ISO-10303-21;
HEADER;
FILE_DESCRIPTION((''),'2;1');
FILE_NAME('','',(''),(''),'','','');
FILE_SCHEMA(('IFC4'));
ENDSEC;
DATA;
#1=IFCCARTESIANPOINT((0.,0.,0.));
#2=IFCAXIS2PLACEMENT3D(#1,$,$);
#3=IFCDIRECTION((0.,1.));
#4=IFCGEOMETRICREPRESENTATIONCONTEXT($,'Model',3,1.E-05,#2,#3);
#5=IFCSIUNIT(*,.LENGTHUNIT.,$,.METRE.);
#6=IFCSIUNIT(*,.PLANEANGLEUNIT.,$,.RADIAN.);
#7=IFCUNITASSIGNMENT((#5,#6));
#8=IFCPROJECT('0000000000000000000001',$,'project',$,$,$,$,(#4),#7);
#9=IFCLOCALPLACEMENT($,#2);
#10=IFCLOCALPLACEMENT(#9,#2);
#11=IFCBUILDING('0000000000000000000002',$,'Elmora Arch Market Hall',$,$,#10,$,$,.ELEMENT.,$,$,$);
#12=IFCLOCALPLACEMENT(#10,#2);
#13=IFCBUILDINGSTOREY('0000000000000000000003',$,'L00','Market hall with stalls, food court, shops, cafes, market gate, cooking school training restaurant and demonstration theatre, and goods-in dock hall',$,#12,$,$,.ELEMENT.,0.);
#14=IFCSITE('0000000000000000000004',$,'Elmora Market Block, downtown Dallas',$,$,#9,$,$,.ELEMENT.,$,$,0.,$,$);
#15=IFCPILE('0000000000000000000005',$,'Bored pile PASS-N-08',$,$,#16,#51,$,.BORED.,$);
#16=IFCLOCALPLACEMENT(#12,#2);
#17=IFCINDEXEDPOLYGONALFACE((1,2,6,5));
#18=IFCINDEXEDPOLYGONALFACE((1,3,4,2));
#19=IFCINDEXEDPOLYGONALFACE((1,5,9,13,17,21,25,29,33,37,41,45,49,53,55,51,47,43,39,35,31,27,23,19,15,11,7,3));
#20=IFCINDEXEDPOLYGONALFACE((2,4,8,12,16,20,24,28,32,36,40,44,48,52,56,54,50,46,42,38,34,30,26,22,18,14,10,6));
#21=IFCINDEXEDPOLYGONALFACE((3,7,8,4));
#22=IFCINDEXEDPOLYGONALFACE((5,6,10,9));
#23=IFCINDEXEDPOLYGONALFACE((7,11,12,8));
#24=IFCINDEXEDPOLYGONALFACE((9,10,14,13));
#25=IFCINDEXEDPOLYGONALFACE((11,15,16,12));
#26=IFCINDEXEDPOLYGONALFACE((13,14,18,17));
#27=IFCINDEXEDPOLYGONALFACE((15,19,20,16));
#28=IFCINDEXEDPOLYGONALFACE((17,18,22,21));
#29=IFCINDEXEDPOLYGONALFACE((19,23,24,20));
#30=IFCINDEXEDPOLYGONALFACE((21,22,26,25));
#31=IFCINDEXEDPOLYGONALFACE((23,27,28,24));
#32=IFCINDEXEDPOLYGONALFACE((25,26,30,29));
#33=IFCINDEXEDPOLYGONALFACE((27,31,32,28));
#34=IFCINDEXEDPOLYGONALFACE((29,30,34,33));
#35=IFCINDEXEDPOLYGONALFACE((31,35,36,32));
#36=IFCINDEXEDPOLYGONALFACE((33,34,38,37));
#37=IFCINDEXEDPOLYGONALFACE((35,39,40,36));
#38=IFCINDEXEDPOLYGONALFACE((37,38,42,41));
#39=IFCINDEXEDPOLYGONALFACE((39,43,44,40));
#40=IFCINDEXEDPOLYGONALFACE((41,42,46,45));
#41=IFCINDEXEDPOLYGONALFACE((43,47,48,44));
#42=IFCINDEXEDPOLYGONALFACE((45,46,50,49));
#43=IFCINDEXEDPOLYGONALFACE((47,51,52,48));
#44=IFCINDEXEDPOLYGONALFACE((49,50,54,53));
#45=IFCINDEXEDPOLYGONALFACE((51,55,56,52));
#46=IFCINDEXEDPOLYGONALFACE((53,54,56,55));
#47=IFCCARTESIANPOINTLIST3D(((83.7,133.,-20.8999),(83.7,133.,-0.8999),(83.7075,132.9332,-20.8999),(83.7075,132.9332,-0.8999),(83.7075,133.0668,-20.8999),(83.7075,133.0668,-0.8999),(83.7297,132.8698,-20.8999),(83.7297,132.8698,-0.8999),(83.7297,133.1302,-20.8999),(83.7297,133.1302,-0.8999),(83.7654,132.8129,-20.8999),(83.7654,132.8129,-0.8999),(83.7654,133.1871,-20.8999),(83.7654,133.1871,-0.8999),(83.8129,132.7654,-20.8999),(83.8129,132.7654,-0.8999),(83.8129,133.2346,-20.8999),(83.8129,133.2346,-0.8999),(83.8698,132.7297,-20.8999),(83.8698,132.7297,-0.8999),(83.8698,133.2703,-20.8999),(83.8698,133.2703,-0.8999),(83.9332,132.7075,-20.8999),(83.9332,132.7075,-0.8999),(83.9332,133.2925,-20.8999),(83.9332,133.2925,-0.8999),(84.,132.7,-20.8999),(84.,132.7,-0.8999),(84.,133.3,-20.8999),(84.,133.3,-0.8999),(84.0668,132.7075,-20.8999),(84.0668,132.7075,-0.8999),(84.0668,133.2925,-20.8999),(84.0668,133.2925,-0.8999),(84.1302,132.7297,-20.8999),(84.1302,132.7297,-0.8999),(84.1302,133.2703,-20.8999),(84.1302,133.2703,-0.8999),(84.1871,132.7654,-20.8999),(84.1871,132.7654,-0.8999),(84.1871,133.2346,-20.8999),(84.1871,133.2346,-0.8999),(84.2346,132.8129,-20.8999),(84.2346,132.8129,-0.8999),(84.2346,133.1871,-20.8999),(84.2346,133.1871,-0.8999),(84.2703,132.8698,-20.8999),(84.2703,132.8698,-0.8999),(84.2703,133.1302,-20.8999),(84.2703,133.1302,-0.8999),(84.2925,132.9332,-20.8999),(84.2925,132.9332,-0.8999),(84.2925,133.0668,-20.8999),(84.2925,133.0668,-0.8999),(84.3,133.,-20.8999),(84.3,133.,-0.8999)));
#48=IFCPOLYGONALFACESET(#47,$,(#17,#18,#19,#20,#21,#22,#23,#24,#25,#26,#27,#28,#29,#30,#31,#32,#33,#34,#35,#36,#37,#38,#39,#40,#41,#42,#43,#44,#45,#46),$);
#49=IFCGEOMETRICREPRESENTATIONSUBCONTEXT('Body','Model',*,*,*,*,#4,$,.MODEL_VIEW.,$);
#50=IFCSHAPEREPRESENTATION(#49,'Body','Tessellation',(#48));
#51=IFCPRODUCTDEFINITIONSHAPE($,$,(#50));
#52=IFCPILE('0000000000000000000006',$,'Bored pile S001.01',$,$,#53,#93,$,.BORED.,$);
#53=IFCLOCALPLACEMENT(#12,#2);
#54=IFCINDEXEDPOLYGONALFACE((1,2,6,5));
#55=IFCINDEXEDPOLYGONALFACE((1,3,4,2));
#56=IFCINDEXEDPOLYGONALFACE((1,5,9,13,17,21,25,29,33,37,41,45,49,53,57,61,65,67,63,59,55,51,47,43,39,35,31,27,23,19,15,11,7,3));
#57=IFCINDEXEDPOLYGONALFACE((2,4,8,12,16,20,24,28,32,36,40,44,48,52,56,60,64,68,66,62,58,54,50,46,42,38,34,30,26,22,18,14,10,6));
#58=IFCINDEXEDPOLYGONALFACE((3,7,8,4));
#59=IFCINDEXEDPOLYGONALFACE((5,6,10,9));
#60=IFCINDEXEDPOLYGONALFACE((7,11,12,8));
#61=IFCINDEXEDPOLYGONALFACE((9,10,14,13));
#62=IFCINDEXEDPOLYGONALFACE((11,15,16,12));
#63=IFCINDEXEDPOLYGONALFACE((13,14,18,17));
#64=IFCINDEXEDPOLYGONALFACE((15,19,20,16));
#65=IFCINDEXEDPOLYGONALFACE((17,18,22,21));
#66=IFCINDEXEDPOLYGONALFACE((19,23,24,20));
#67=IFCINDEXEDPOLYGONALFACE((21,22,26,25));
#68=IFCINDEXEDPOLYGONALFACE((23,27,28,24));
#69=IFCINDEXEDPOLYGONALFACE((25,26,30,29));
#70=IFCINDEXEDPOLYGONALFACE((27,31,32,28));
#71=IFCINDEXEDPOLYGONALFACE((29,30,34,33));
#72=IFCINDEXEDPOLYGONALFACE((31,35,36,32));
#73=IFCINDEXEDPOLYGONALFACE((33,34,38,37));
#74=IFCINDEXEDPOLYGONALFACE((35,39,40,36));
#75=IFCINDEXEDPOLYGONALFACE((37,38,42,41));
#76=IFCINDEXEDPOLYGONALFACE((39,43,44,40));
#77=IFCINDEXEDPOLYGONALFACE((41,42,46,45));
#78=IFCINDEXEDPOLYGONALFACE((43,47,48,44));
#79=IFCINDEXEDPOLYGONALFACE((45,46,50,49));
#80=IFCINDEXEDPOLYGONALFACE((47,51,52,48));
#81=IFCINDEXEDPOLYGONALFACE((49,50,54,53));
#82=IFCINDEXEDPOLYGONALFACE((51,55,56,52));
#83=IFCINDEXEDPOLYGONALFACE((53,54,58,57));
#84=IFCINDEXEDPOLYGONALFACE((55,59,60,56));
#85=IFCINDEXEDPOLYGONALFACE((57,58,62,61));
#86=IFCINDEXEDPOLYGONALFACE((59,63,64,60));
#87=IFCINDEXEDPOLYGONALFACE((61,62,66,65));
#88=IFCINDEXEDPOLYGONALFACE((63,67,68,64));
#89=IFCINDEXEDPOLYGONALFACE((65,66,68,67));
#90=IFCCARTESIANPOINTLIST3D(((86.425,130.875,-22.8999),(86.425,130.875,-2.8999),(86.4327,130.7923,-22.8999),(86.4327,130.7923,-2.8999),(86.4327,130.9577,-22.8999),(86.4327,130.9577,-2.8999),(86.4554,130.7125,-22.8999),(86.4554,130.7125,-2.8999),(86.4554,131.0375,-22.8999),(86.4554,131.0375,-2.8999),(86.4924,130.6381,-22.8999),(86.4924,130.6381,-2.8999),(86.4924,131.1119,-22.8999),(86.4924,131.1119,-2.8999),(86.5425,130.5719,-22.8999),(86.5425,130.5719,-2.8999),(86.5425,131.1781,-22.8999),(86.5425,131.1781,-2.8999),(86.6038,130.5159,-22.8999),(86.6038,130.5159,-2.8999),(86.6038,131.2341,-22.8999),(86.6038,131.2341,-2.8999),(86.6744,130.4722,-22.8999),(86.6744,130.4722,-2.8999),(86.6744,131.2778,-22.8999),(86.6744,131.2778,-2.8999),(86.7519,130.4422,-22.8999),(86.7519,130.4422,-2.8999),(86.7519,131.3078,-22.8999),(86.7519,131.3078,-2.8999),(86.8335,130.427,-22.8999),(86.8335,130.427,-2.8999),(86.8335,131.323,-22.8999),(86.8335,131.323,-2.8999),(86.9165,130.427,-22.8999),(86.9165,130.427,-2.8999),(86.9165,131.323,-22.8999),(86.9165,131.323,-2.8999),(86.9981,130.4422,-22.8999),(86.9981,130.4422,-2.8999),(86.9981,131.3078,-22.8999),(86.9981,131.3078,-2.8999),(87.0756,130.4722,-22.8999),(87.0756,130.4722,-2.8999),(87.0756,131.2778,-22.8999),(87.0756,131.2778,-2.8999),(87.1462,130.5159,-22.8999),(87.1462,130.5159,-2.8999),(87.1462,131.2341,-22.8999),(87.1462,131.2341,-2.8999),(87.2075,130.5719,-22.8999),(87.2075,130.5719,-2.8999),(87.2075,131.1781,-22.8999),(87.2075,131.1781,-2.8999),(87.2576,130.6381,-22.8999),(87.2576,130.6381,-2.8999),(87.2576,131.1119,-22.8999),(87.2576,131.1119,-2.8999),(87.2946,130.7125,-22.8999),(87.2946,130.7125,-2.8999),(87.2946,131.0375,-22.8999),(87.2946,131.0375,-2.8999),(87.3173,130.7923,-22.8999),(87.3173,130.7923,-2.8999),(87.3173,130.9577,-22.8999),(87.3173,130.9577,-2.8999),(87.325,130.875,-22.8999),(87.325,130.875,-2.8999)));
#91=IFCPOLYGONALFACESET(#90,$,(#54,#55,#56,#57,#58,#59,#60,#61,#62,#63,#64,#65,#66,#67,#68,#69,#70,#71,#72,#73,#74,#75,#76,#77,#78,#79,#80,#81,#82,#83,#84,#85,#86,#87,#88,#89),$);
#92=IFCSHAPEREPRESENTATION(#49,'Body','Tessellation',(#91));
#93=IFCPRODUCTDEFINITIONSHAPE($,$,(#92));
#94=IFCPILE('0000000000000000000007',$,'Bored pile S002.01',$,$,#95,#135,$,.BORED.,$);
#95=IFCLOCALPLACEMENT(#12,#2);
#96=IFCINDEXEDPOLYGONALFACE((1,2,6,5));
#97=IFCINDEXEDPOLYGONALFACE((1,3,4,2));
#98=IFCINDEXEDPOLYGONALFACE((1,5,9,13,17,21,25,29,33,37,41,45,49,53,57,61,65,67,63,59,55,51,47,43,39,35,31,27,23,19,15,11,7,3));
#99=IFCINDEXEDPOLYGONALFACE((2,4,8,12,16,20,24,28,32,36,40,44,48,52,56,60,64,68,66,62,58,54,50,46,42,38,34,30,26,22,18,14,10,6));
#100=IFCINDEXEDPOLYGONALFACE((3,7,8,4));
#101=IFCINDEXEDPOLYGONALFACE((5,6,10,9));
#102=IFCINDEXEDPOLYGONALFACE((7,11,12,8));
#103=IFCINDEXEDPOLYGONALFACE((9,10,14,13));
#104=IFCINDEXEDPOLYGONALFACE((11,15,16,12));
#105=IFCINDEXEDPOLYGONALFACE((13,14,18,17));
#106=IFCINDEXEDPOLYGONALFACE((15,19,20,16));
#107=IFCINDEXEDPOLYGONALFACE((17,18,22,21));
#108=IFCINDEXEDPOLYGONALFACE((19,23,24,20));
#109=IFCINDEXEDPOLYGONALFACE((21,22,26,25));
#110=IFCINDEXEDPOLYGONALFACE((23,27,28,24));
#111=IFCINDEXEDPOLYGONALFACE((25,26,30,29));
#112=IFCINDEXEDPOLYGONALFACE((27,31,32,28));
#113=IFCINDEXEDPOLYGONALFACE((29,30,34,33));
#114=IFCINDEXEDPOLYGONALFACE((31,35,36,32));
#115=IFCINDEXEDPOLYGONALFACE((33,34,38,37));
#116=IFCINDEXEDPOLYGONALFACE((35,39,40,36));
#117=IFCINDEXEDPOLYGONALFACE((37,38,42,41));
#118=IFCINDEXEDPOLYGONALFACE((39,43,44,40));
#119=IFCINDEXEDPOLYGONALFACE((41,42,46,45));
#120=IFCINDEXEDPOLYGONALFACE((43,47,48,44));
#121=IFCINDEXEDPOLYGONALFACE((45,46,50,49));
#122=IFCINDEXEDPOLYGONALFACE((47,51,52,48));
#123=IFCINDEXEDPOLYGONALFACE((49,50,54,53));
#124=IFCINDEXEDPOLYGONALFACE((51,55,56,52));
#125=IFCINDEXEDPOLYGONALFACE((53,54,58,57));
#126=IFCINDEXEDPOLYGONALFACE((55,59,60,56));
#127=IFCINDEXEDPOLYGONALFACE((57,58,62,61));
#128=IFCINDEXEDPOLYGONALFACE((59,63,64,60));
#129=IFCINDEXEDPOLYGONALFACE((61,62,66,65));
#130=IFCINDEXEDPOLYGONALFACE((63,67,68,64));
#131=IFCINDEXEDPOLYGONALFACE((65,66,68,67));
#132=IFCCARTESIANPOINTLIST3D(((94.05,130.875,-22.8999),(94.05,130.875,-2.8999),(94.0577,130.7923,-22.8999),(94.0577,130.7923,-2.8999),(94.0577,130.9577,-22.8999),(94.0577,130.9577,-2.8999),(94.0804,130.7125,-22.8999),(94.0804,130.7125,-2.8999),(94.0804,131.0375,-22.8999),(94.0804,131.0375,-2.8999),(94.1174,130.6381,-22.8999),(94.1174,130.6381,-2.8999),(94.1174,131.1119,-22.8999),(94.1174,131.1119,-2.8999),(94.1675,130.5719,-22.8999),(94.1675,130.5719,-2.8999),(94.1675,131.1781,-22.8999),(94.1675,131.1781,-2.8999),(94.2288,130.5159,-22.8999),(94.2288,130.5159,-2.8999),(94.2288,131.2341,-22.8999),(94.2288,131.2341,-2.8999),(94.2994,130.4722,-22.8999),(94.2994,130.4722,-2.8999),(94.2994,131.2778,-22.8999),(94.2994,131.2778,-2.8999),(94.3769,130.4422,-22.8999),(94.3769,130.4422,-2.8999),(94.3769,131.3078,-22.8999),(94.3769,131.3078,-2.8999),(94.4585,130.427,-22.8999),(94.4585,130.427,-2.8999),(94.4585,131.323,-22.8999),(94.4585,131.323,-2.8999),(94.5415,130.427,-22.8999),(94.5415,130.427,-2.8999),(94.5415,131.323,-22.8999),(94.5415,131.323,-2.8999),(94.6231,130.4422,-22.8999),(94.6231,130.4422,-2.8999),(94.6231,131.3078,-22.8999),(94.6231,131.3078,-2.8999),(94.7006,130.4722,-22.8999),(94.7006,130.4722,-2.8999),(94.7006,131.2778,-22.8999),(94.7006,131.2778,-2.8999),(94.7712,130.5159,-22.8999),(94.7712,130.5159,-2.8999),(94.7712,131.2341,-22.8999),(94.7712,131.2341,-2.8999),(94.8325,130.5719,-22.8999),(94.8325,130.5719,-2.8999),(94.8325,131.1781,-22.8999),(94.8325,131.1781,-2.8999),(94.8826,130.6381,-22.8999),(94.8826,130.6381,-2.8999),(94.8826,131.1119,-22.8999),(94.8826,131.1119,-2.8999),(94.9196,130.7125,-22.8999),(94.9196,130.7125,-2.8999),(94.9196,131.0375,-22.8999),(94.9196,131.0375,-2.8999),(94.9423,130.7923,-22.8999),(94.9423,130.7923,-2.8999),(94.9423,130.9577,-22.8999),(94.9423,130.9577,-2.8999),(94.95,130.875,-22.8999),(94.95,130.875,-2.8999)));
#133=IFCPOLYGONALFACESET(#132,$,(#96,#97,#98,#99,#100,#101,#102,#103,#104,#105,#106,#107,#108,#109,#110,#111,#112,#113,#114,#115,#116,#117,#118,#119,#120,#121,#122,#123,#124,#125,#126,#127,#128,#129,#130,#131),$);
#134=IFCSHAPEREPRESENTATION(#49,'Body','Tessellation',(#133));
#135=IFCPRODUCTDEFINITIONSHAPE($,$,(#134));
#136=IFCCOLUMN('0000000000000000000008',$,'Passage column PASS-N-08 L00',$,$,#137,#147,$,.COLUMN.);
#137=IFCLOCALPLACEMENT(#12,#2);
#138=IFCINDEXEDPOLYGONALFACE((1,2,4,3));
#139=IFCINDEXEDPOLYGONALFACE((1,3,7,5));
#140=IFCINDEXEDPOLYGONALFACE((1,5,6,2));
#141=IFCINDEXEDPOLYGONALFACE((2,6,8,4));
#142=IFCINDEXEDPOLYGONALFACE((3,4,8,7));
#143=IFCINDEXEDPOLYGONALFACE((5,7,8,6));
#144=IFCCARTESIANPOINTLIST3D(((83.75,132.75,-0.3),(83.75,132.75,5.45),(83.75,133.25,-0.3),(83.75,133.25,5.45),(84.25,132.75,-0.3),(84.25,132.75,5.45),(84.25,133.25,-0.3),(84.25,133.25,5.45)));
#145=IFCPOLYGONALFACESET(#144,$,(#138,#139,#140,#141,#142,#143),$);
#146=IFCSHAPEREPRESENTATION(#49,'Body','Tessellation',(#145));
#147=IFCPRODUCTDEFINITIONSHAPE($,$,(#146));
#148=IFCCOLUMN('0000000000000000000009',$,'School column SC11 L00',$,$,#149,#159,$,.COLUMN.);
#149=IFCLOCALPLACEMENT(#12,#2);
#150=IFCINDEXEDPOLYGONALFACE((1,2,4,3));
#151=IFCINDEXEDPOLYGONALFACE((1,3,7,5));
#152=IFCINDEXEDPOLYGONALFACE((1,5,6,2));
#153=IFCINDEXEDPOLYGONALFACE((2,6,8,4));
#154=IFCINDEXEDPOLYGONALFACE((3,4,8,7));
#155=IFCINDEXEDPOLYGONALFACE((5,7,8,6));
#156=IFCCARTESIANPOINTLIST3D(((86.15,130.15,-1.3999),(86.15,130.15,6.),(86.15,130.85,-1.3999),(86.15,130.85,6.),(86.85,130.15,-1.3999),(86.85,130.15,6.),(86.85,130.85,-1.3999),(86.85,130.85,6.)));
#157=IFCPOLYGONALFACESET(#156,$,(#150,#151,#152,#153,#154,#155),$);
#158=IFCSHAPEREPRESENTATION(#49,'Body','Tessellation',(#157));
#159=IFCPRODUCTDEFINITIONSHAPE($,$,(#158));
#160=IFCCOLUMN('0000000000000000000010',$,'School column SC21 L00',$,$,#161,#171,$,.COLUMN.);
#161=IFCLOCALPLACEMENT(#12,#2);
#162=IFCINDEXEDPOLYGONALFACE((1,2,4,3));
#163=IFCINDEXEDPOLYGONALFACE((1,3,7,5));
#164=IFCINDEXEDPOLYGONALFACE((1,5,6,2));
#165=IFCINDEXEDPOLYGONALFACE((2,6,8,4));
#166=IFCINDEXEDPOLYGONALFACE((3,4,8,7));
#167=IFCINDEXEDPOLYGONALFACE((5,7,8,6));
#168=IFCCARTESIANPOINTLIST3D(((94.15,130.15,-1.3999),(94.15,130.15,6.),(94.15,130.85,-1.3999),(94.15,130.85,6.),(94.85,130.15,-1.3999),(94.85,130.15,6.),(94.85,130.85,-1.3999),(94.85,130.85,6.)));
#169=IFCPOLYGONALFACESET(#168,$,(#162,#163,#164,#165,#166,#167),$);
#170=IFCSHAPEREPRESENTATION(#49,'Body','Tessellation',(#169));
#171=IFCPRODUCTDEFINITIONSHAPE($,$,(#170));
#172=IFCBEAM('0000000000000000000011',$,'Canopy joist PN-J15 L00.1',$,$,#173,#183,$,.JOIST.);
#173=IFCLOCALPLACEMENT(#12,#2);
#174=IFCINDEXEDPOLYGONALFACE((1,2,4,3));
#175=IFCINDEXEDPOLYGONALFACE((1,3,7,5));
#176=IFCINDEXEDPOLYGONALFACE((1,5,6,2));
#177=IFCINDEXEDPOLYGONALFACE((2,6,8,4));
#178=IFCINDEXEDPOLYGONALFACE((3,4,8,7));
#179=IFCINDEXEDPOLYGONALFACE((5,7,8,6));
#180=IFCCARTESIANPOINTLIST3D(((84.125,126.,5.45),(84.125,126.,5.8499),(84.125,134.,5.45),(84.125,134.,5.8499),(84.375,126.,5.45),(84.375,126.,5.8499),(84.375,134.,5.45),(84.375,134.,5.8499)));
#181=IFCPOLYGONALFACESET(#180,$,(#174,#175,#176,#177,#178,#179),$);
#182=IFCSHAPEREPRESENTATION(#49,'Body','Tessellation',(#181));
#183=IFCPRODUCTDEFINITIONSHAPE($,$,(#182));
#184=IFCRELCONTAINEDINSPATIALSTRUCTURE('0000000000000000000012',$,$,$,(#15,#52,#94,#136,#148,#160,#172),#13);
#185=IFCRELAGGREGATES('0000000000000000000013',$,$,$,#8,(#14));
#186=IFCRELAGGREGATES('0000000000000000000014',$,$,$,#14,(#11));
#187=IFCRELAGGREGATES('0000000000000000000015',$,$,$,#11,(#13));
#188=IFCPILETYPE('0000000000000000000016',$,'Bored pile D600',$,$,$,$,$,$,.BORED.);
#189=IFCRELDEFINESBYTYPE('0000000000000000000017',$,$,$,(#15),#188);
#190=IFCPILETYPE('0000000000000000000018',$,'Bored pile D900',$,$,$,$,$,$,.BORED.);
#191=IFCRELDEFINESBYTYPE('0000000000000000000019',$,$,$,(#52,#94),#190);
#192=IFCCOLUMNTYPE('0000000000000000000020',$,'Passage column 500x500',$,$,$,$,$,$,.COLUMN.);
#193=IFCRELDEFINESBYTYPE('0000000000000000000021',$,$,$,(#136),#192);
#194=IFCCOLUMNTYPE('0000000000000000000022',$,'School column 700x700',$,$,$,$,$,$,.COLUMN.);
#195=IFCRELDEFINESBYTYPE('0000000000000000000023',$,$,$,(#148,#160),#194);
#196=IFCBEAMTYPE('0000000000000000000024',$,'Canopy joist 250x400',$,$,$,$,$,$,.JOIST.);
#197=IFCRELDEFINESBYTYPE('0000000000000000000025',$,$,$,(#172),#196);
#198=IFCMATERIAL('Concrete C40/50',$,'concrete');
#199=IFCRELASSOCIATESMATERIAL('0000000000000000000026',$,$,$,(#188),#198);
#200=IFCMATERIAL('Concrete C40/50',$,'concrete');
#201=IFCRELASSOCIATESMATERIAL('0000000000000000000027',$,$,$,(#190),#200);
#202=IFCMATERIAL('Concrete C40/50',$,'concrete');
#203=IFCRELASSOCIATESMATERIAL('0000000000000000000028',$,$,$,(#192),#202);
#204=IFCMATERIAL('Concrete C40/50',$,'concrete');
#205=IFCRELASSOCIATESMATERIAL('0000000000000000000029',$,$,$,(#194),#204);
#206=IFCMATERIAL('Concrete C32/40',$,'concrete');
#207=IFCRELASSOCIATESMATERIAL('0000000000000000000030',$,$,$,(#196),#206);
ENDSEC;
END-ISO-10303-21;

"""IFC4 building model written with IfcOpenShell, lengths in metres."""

from ifc_helpers import new_model, si_unit, direction, frame, origin, origin_2d, place, context, subcontext, project, spatial, rectangle, circle, extrude, material, material_profile, profile_set, type_object, element, save


model = new_model("IFC4")

# Units and contexts
model_context = context("Model", 3, precision=1e-05, world=origin(), true_north=direction((0.0, 1.0)))
body_context = subcontext(model_context, "Body", "Model", "MODEL_VIEW")
ifc_project = project(units=[si_unit("LENGTHUNIT", "METRE"), si_unit("PLANEANGLEUNIT", "RADIAN")], contexts=[model_context])

# Site, building, storey
site_placement = place(None, origin())
site = spatial("IfcSite", under=ifc_project, at=site_placement, Name="Elmora Market Block, downtown Dallas", CompositionType="ELEMENT", RefElevation=0.0)
building_placement = place(site_placement, origin())
building = spatial("IfcBuilding", under=site, at=building_placement, Name="Elmora Arch Market Hall", CompositionType="ELEMENT")
storey_placement = place(building_placement, origin())
storey = spatial("IfcBuildingStorey", under=building, at=storey_placement, Name="L00", Description="Market hall with stalls, food court, shops, cafes, market gate, cooking school training restaurant and demonstration theatre, and goods-in dock hall", CompositionType="ELEMENT", Elevation=0.0)

# Piles
ifc_material_1 = material(Name="Concrete C40/50", Category="concrete")
ifc_material_profile_1 = material_profile(ifc_material_1, circle(Radius=0.3, at=origin_2d()), Name="Bored pile D600")
ifc_profile_set_1 = profile_set([ifc_material_profile_1], Name="Concrete C40/50")
pile_type_1 = type_object("IfcPileType", Name="Bored pile D600", PredefinedType="BORED", material=ifc_profile_set_1)
pile_placement = place(storey_placement, frame((84.0, 133.0, -0.8999), z_axis=(0.0, 0.0, -1.0), x_axis=(1.0, 0.0, 0.0)))
element("IfcPile", 1, at=pile_placement, inside=storey, type_object=pile_type_1, Name="Bored pile PASS-N-08", PredefinedType="BORED", context=body_context, shape_type="SweptSolid", body=[
    extrude(circle(Radius=0.3, at=origin_2d()), origin(), (0.0, 0.0, 1.0), 20.0),
])
ifc_material_2 = material(Name="Concrete C40/50", Category="concrete")
ifc_material_profile_2 = material_profile(ifc_material_2, circle(Radius=0.45, at=origin_2d()), Name="Bored pile D900")
ifc_profile_set_2 = profile_set([ifc_material_profile_2], Name="Concrete C40/50")
pile_type_2 = type_object("IfcPileType", Name="Bored pile D900", PredefinedType="BORED", material=ifc_profile_set_2)
for number, where, z_axis, x_axis, name in (
    (2, (86.875, 130.875, -2.8999), (0.0, 0.0, -1.0), (1.0, 0.0, 0.0), "Bored pile S001.01"),
    (3, (94.5, 130.875, -2.8999), (0.0, 0.0, -1.0), (1.0, 0.0, 0.0), "Bored pile S002.01"),
):
    element("IfcPile", number, at=place(storey_placement, frame(where, z_axis=z_axis, x_axis=x_axis)), inside=storey, type_object=pile_type_2, Name=name, PredefinedType="BORED", context=body_context, shape_type="SweptSolid", body=[
        extrude(circle(Radius=0.45, at=origin_2d()), origin(), (0.0, 0.0, 1.0), 20.0),
    ])

# Columns
ifc_material_3 = material(Name="Concrete C40/50", Category="concrete")
ifc_material_profile_3 = material_profile(ifc_material_3, rectangle(XDim=0.5, YDim=0.5, at=origin_2d()), Name="Passage column 500x500")
ifc_profile_set_3 = profile_set([ifc_material_profile_3], Name="Concrete C40/50")
column_type_1 = type_object("IfcColumnType", Name="Passage column 500x500", PredefinedType="COLUMN", material=ifc_profile_set_3)
column_placement = place(storey_placement, frame((84.0, 133.0, -0.3), z_axis=(0.0, 0.0, 1.0), x_axis=(1.0, 0.0, 0.0)))
element("IfcColumn", 4, at=column_placement, inside=storey, type_object=column_type_1, Name="Passage column PASS-N-08 L00", PredefinedType="COLUMN", context=body_context, shape_type="SweptSolid", body=[
    extrude(rectangle(XDim=0.5, YDim=0.5, at=origin_2d()), origin(), (0.0, 0.0, 1.0), 5.75),
])
ifc_material_4 = material(Name="Concrete C40/50", Category="concrete")
ifc_material_profile_4 = material_profile(ifc_material_4, rectangle(XDim=0.7, YDim=0.7, at=origin_2d()), Name="School column 700x700")
ifc_profile_set_4 = profile_set([ifc_material_profile_4], Name="Concrete C40/50")
column_type_2 = type_object("IfcColumnType", Name="School column 700x700", PredefinedType="COLUMN", material=ifc_profile_set_4)
for number, where, z_axis, x_axis, name in (
    (5, (86.5, 130.5, -1.3999), (0.0, 0.0, 1.0), (1.0, 0.0, 0.0), "School column SC11 L00"),
    (6, (94.5, 130.5, -1.3999), (0.0, 0.0, 1.0), (1.0, 0.0, 0.0), "School column SC21 L00"),
):
    element("IfcColumn", number, at=place(storey_placement, frame(where, z_axis=z_axis, x_axis=x_axis)), inside=storey, type_object=column_type_2, Name=name, PredefinedType="COLUMN", context=body_context, shape_type="SweptSolid", body=[
        extrude(rectangle(XDim=0.7, YDim=0.7, at=origin_2d()), origin(), (0.0, 0.0, 1.0), 7.3999),
    ])

# Beam
ifc_material_5 = material(Name="Concrete C32/40", Category="concrete")
ifc_material_profile_5 = material_profile(ifc_material_5, rectangle(XDim=0.25, YDim=0.3999, at=origin_2d()), Name="Canopy joist 250x400")
ifc_profile_set_5 = profile_set([ifc_material_profile_5], Name="Concrete C32/40")
beam_type_1 = type_object("IfcBeamType", Name="Canopy joist 250x400", PredefinedType="JOIST", material=ifc_profile_set_5)
beam_1_placement = place(storey_placement, frame((84.25, 126.0, 5.6499), z_axis=(0.0, 1.0, 0.0), x_axis=(-1.0, 0.0, 0.0)))
element("IfcBeam", 7, at=beam_1_placement, inside=storey, type_object=beam_type_1, Name="Canopy joist PN-J15 L00.1", PredefinedType="JOIST", context=body_context, shape_type="SweptSolid", body=[
    extrude(rectangle(XDim=0.25, YDim=0.3999, at=origin_2d()), origin(), (0.0, 0.0, 1.0), 8.0),
])

save(model, "model.ifc")
